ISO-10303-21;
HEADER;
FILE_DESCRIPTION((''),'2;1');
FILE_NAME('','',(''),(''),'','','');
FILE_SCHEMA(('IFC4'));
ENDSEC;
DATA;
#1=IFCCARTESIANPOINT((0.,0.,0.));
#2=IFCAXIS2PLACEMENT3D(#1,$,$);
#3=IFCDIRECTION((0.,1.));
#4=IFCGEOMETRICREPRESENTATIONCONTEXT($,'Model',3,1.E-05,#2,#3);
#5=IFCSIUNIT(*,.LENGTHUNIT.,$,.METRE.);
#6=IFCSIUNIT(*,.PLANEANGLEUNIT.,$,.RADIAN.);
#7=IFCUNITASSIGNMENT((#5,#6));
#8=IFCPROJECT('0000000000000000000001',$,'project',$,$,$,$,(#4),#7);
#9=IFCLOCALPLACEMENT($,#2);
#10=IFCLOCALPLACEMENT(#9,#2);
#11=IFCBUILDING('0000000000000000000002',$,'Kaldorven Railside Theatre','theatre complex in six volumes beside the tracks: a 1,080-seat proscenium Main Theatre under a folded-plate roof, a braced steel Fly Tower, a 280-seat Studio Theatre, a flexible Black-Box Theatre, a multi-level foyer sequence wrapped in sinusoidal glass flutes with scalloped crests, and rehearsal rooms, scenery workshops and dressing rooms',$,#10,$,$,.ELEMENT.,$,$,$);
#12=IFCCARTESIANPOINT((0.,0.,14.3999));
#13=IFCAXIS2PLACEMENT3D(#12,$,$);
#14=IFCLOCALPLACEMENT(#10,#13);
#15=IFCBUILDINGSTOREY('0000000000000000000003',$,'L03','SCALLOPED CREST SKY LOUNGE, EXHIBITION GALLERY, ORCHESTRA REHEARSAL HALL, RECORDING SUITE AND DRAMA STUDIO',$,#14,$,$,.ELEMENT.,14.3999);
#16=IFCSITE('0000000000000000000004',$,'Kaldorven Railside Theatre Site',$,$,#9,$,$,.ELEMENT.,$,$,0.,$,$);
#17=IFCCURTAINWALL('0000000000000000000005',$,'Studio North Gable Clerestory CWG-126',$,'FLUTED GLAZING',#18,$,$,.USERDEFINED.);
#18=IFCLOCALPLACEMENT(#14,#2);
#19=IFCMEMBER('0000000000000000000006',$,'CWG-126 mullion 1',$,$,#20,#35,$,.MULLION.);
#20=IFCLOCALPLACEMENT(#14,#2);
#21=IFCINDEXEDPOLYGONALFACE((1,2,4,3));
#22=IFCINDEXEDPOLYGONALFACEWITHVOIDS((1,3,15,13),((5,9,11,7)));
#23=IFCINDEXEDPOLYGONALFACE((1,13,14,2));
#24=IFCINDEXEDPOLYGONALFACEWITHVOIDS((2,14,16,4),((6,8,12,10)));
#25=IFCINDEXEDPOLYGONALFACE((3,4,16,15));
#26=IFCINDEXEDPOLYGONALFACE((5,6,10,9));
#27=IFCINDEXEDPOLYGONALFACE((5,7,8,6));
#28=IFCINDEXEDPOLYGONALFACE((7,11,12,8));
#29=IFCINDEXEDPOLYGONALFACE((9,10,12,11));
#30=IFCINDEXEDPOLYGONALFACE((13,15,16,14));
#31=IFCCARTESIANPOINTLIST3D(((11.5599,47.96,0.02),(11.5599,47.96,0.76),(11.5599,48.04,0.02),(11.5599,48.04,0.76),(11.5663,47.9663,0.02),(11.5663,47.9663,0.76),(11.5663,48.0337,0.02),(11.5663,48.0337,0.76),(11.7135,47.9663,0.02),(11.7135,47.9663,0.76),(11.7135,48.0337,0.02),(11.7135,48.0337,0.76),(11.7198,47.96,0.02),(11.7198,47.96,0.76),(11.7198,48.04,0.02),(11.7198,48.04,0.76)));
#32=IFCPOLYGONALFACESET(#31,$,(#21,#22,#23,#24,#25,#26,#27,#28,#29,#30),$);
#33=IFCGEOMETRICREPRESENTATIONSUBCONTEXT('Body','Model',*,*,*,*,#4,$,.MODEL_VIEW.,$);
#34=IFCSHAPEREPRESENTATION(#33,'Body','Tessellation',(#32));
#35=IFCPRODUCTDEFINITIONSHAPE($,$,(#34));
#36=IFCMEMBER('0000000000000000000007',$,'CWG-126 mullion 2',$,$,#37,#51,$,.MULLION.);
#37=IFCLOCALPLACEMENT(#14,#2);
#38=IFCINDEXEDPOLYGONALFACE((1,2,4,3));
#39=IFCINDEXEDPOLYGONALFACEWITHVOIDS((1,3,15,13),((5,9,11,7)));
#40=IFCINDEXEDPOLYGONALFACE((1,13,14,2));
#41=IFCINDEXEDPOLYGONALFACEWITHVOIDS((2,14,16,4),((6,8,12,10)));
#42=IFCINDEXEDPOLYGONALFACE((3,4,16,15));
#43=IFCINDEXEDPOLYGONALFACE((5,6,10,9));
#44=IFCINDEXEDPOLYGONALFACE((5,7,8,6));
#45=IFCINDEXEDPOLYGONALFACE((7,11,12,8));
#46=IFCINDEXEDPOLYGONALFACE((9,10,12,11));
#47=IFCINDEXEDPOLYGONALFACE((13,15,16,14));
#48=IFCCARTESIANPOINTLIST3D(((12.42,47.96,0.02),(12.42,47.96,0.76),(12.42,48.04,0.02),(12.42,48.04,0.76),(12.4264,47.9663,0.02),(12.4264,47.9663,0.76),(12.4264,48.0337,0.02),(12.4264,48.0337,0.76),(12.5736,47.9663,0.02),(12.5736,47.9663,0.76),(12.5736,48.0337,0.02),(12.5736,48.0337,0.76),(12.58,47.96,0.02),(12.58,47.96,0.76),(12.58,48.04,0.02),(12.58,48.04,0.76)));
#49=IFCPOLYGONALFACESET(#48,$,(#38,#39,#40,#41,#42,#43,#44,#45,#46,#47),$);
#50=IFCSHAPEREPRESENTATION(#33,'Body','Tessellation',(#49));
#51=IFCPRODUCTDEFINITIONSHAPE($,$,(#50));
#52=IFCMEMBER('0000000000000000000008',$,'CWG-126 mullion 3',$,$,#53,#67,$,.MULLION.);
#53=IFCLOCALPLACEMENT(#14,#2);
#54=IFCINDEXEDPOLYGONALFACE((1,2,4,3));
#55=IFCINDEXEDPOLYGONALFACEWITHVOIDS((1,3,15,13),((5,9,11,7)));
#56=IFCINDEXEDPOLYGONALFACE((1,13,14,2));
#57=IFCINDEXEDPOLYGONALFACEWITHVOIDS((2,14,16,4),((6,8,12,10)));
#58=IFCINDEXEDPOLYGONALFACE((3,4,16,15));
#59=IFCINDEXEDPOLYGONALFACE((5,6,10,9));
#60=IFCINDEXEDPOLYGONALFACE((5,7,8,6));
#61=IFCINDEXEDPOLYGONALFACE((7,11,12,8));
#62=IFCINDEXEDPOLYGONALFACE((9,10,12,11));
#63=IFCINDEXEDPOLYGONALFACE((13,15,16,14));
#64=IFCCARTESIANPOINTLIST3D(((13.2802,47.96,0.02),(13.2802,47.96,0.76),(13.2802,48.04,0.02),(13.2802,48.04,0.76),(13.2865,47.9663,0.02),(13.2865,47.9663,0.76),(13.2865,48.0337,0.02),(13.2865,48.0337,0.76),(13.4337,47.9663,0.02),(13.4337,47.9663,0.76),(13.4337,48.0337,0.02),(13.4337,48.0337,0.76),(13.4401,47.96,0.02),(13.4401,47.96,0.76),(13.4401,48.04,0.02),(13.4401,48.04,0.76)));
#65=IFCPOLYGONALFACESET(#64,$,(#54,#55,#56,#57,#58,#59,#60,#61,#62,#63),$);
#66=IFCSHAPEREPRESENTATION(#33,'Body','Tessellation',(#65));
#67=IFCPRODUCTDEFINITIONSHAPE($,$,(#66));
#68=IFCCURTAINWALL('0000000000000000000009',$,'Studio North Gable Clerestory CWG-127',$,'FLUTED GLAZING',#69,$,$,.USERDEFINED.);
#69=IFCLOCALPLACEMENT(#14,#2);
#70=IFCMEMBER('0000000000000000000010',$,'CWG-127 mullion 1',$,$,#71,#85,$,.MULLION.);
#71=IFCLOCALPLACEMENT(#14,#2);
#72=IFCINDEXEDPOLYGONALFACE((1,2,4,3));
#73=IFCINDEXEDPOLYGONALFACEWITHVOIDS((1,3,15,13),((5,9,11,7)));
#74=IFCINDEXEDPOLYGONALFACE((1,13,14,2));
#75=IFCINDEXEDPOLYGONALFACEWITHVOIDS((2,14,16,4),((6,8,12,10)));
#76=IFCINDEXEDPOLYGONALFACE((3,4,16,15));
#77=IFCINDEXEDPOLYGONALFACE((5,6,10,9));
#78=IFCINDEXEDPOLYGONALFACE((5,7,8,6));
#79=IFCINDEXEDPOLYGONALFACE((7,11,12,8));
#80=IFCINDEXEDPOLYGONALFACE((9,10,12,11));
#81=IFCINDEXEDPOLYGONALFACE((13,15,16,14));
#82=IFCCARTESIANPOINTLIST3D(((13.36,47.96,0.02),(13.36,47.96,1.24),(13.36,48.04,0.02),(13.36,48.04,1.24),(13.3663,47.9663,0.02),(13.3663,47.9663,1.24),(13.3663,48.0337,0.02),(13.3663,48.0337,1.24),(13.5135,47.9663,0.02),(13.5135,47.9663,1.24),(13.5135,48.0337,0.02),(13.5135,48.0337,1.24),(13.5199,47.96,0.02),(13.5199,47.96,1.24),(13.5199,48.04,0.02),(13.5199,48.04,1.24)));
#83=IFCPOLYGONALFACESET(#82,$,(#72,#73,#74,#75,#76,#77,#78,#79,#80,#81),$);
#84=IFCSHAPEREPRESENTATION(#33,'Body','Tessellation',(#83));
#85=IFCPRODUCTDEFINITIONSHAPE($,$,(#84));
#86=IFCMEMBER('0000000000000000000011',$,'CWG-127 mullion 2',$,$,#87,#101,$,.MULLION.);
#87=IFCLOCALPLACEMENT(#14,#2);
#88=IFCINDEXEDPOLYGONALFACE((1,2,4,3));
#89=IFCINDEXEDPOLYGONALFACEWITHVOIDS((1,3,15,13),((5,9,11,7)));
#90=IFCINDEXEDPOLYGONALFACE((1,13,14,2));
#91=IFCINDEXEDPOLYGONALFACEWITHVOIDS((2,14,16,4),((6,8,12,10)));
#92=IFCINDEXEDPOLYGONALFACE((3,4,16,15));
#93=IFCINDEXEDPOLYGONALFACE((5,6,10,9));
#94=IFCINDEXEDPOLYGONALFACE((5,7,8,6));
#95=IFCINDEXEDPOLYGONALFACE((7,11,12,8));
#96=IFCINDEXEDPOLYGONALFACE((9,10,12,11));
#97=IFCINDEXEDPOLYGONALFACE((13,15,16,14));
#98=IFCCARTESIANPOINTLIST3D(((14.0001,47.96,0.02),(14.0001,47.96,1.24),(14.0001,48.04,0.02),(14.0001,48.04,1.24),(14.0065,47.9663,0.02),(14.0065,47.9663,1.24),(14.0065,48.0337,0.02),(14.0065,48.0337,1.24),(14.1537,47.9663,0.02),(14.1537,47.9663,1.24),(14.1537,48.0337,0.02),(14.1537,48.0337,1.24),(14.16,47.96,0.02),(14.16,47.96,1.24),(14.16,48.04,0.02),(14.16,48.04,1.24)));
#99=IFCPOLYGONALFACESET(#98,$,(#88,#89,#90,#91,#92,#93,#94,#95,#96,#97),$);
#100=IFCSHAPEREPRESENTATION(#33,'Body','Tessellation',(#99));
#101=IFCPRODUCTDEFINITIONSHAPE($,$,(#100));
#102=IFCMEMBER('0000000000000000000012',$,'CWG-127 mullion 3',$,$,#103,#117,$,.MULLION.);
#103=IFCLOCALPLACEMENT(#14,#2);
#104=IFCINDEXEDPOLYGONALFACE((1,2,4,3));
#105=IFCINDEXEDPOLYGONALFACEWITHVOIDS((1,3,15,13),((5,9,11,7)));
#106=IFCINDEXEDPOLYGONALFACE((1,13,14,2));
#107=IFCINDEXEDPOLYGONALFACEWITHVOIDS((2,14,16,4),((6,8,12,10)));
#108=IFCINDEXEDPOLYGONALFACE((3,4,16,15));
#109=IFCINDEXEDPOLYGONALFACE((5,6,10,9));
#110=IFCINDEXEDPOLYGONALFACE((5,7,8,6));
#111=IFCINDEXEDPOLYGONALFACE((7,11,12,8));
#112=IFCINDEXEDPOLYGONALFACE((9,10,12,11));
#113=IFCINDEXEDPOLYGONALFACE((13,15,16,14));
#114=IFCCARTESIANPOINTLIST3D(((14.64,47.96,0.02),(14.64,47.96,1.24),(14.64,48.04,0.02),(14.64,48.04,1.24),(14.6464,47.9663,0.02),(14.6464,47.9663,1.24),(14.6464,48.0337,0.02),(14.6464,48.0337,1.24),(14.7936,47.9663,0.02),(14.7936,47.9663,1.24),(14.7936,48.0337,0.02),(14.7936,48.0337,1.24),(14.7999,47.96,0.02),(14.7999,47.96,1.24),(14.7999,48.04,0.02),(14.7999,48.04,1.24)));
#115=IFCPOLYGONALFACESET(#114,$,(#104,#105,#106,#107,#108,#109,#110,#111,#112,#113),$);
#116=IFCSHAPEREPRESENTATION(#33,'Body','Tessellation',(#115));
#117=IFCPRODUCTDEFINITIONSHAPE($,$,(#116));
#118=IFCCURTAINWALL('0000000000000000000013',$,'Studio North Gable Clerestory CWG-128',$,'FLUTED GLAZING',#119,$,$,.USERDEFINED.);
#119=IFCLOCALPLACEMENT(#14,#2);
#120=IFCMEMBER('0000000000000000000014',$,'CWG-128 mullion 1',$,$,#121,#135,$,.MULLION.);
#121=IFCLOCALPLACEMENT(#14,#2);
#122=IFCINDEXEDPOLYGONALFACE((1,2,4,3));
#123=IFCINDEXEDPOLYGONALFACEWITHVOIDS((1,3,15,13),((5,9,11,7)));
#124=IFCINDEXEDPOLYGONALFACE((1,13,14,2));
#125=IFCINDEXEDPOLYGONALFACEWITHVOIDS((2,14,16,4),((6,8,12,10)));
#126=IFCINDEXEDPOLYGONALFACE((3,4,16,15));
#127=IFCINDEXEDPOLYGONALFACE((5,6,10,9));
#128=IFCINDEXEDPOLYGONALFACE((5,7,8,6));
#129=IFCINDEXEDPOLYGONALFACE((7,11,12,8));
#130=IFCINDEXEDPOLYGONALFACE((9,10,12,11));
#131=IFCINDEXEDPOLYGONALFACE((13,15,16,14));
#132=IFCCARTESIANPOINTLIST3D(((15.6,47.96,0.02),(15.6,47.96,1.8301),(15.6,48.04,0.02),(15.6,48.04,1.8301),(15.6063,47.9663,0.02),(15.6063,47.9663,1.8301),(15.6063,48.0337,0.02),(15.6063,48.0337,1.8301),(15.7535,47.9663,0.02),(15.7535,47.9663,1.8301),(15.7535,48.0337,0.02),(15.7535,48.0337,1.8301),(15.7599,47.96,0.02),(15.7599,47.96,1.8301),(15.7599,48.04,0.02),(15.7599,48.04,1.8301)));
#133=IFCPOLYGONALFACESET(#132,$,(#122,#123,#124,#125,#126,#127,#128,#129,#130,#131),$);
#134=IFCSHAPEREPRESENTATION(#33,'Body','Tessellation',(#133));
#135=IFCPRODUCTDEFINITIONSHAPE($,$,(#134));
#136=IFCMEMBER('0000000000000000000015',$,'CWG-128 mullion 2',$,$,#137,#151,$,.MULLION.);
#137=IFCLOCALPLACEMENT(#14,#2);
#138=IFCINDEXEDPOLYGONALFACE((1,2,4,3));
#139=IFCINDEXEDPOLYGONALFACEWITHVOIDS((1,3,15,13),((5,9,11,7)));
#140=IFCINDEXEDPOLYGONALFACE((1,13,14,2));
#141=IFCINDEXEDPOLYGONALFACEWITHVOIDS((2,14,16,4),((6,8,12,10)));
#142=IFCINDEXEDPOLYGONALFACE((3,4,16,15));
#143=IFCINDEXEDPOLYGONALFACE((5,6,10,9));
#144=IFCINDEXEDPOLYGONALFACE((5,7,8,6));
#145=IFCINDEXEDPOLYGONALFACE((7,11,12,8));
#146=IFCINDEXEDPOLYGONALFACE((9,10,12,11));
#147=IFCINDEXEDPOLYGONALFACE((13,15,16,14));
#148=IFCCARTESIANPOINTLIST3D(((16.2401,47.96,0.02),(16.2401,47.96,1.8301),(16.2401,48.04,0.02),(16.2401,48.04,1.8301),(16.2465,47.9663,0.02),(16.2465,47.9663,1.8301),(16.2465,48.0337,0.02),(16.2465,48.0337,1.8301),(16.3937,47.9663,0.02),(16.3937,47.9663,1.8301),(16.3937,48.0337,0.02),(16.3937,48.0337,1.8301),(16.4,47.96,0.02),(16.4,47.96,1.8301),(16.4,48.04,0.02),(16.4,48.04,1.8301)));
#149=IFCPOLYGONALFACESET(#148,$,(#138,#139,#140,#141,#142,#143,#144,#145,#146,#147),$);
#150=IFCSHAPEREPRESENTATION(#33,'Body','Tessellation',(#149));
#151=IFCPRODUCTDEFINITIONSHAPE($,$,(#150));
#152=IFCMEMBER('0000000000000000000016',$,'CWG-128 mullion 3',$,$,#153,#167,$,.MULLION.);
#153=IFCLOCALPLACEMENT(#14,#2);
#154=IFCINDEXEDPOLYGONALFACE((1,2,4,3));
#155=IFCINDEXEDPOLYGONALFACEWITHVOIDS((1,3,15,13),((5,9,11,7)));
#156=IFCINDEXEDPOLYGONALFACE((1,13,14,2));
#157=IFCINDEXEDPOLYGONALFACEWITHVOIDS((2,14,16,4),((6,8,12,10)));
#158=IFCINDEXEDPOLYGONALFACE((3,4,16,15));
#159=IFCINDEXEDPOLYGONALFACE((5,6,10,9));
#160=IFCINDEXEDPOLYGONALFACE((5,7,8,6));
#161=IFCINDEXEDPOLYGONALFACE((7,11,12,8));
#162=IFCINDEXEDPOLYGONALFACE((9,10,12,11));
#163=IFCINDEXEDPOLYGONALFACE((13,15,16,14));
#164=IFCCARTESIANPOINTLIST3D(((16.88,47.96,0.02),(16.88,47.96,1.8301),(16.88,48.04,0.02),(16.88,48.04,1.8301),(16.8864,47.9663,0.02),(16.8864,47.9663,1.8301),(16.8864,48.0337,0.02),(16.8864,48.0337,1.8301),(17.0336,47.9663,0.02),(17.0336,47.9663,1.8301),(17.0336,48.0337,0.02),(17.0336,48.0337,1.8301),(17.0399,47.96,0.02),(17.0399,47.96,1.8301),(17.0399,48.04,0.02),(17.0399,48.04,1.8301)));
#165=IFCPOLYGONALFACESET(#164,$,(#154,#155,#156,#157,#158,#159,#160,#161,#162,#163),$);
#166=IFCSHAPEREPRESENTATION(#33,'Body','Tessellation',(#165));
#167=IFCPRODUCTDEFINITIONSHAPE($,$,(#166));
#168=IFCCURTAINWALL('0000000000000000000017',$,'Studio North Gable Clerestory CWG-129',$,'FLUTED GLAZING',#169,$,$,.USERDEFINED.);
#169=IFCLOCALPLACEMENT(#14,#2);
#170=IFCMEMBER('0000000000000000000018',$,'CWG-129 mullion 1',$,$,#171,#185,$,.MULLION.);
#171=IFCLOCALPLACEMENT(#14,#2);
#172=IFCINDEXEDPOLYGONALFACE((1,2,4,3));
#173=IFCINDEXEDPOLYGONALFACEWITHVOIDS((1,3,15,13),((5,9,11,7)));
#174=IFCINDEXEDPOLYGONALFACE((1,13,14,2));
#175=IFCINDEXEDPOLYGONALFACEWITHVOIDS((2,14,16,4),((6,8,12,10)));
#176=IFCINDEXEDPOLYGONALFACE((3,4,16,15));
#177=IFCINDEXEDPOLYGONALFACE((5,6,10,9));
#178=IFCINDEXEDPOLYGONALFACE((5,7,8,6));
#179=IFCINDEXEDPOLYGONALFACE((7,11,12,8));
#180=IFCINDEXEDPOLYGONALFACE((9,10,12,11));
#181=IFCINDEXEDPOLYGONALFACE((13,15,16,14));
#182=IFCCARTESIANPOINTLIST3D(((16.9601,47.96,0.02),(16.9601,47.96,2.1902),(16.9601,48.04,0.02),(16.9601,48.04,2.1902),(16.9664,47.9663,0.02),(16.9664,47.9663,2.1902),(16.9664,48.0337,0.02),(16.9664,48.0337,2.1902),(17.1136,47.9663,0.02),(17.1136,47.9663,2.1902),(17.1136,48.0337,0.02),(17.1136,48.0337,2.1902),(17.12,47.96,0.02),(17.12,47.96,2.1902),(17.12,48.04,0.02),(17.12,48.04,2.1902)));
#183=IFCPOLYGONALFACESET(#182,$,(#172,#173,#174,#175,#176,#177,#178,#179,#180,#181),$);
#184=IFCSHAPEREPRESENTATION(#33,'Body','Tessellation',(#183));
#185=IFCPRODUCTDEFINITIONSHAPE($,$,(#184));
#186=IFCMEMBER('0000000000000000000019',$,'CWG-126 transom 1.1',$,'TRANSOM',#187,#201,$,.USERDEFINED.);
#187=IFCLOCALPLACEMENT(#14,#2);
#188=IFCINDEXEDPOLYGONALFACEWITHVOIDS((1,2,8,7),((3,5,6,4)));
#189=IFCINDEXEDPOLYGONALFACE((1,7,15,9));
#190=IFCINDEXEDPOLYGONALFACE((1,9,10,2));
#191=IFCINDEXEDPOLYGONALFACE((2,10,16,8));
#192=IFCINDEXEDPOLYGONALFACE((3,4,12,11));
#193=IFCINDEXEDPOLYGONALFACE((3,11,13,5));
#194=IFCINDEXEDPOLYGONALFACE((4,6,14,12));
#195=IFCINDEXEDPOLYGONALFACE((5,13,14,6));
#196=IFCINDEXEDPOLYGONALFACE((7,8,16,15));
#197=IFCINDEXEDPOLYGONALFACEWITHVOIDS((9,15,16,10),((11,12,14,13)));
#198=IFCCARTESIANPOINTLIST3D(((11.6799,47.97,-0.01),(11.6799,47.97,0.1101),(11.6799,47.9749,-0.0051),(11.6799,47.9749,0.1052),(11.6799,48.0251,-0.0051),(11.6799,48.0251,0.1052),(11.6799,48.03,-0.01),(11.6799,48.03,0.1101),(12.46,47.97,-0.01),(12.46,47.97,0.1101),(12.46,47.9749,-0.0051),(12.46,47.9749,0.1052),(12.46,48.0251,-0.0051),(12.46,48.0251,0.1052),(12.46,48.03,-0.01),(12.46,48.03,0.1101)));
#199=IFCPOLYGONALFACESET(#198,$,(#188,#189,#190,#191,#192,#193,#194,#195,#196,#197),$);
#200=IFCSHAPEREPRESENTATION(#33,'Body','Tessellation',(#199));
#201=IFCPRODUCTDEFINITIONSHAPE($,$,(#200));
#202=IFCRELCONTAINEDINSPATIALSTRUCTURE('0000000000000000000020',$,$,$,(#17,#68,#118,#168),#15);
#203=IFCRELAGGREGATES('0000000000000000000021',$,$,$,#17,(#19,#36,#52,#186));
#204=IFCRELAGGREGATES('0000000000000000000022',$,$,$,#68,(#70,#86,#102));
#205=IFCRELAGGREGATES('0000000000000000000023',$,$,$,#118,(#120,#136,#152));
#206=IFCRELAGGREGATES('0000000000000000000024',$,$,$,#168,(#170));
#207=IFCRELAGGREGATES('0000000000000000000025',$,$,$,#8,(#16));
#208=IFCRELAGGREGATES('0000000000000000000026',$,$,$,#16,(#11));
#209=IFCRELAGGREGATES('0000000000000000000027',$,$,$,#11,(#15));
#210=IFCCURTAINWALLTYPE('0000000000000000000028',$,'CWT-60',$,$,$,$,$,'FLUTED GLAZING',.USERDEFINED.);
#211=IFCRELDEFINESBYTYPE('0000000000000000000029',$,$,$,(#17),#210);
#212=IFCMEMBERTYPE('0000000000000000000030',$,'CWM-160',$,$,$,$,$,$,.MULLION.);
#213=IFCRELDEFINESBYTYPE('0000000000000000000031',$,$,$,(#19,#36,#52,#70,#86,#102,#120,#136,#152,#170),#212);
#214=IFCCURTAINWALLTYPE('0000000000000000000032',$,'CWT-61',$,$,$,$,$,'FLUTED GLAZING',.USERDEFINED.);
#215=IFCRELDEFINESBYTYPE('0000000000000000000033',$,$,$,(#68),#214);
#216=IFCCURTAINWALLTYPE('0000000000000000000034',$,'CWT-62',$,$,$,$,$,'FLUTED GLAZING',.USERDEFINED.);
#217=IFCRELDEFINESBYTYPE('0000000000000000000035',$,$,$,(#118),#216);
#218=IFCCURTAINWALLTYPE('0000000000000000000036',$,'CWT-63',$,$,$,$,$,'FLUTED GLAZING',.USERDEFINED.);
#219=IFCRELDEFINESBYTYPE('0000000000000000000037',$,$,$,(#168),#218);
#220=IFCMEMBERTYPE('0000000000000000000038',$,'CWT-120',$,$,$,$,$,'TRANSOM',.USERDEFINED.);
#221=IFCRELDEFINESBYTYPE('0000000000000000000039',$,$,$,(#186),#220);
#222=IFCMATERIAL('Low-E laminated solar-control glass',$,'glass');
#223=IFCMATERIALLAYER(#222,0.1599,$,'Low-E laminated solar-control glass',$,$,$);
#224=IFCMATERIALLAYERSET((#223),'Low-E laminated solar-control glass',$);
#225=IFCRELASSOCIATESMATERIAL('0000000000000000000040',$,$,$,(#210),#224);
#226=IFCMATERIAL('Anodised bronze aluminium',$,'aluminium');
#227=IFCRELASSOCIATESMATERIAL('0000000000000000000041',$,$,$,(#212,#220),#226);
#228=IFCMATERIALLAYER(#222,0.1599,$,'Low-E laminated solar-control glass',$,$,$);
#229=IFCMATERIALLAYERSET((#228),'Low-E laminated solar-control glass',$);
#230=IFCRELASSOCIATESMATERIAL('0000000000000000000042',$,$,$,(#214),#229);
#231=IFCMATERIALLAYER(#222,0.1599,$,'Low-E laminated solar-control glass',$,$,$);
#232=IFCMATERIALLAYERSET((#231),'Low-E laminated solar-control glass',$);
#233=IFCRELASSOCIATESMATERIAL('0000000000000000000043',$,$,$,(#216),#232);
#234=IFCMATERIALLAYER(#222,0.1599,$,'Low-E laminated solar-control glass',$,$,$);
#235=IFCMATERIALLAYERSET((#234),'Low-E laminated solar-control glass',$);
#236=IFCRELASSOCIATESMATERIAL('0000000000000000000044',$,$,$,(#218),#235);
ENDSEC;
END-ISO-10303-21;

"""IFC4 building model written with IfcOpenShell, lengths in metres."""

from ifc_helpers import new_model, si_unit, direction, frame, origin, origin_2d, place, context, subcontext, project, spatial, hollow_rectangle, extrude, material, layer, layer_set, material_profile, profile_set, type_object, element, aggregate, save


model = new_model("IFC4")

# Units and contexts
model_context = context("Model", 3, precision=1e-05, world=origin(), true_north=direction((0.0, 1.0)))
body_context = subcontext(model_context, "Body", "Model", "MODEL_VIEW")
ifc_project = project(units=[si_unit("LENGTHUNIT", "METRE"), si_unit("PLANEANGLEUNIT", "RADIAN")], contexts=[model_context])

# Site, building, storey
site_placement = place(None, origin())
site = spatial("IfcSite", under=ifc_project, at=site_placement, Name="Kaldorven Railside Theatre Site", CompositionType="ELEMENT", RefElevation=0.0)
building_placement = place(site_placement, origin())
building = spatial("IfcBuilding", under=site, at=building_placement, Name="Kaldorven Railside Theatre", Description="theatre complex in six volumes beside the tracks: a 1,080-seat proscenium Main Theatre under a folded-plate roof, a braced steel Fly Tower, a 280-seat Studio Theatre, a flexible Black-Box Theatre, a multi-level foyer sequence wrapped in sinusoidal glass flutes with scalloped crests, and rehearsal rooms, scenery workshops and dressing rooms", CompositionType="ELEMENT")
storey_placement = place(building_placement, frame((0.0, 0.0, 14.3999)))
storey = spatial("IfcBuildingStorey", under=building, at=storey_placement, Name="L03", Description="SCALLOPED CREST SKY LOUNGE, EXHIBITION GALLERY, ORCHESTRA REHEARSAL HALL, RECORDING SUITE AND DRAMA STUDIO", CompositionType="ELEMENT", Elevation=14.3999)

# Curtain walls, members
ifc_material_1 = material(Name="Low-E laminated solar-control glass", Category="glass")
ifc_layer_1 = layer(ifc_material_1, 0.1599, Name="Low-E laminated solar-control glass")
ifc_layer_set_1 = layer_set([ifc_layer_1], Name="Low-E laminated solar-control glass")
curtain_wall_type_1 = type_object("IfcCurtainWallType", Name="CWT-60", ElementType="FLUTED GLAZING", PredefinedType="USERDEFINED", material=ifc_layer_set_1)
curtain_wall_1_placement = place(storey_placement, origin())
curtain_wall_1 = element("IfcCurtainWall", 1, at=curtain_wall_1_placement, inside=storey, type_object=curtain_wall_type_1, Name="Studio North Gable Clerestory CWG-126", ObjectType="FLUTED GLAZING", PredefinedType="USERDEFINED")
ifc_material_2 = material(Name="Anodised bronze aluminium", Category="aluminium")
ifc_material_profile_1 = material_profile(ifc_material_2, hollow_rectangle(XDim=0.0801, YDim=0.1599, WallThickness=0.0063, at=origin_2d()), Name="RHS 160x80x6.3")
ifc_profile_set_1 = profile_set([ifc_material_profile_1], Name="Anodised bronze aluminium")
member_type_1 = type_object("IfcMemberType", Name="CWM-160", PredefinedType="MULLION", material=ifc_profile_set_1)
member_1_placement = place(storey_placement, frame((11.6399, 48.0, 0.02), z_axis=(0.0, 0.0, 1.0), x_axis=(0.0, 1.0, 0.0)))
member_1 = element("IfcMember", 2, at=member_1_placement, type_object=member_type_1, Name="CWG-126 mullion 1", PredefinedType="MULLION", context=body_context, shape_type="SweptSolid", body=[
    extrude(hollow_rectangle(XDim=0.0801, YDim=0.1599, WallThickness=0.0063, at=origin_2d()), origin(), (0.0, 0.0, 1.0), 0.74),
])
member_2_placement = place(storey_placement, frame((12.5, 48.0, 0.02), z_axis=(0.0, 0.0, 1.0), x_axis=(0.0, 1.0, 0.0)))
member_2 = element("IfcMember", 3, at=member_2_placement, type_object=member_type_1, Name="CWG-126 mullion 2", PredefinedType="MULLION", context=body_context, shape_type="SweptSolid", body=[
    extrude(hollow_rectangle(XDim=0.0801, YDim=0.1599, WallThickness=0.0063, at=origin_2d()), origin(), (0.0, 0.0, 1.0), 0.74),
])
member_3_placement = place(storey_placement, frame((13.3601, 48.0, 0.02), z_axis=(0.0, 0.0, 1.0), x_axis=(0.0, 1.0, 0.0)))
member_3 = element("IfcMember", 4, at=member_3_placement, type_object=member_type_1, Name="CWG-126 mullion 3", PredefinedType="MULLION", context=body_context, shape_type="SweptSolid", body=[
    extrude(hollow_rectangle(XDim=0.0801, YDim=0.1599, WallThickness=0.0063, at=origin_2d()), origin(), (0.0, 0.0, 1.0), 0.74),
])
ifc_layer_2 = layer(ifc_material_1, 0.1599, Name="Low-E laminated solar-control glass")
ifc_layer_set_2 = layer_set([ifc_layer_2], Name="Low-E laminated solar-control glass")
curtain_wall_type_2 = type_object("IfcCurtainWallType", Name="CWT-61", ElementType="FLUTED GLAZING", PredefinedType="USERDEFINED", material=ifc_layer_set_2)
curtain_wall_2_placement = place(storey_placement, origin())
curtain_wall_2 = element("IfcCurtainWall", 5, at=curtain_wall_2_placement, inside=storey, type_object=curtain_wall_type_2, Name="Studio North Gable Clerestory CWG-127", ObjectType="FLUTED GLAZING", PredefinedType="USERDEFINED")
member_4_placement = place(storey_placement, frame((13.4399, 48.0, 0.02), z_axis=(0.0, 0.0, 1.0), x_axis=(0.0, 1.0, 0.0)))
member_4 = element("IfcMember", 6, at=member_4_placement, type_object=member_type_1, Name="CWG-127 mullion 1", PredefinedType="MULLION", context=body_context, shape_type="SweptSolid", body=[
    extrude(hollow_rectangle(XDim=0.0801, YDim=0.1599, WallThickness=0.0063, at=origin_2d()), origin(), (0.0, 0.0, 1.0), 1.22),
])
member_5_placement = place(storey_placement, frame((14.0801, 48.0, 0.02), z_axis=(0.0, 0.0, 1.0), x_axis=(0.0, 1.0, 0.0)))
member_5 = element("IfcMember", 7, at=member_5_placement, type_object=member_type_1, Name="CWG-127 mullion 2", PredefinedType="MULLION", context=body_context, shape_type="SweptSolid", body=[
    extrude(hollow_rectangle(XDim=0.0801, YDim=0.1599, WallThickness=0.0063, at=origin_2d()), origin(), (0.0, 0.0, 1.0), 1.22),
])
member_6_placement = place(storey_placement, frame((14.72, 48.0, 0.02), z_axis=(0.0, 0.0, 1.0), x_axis=(0.0, 1.0, 0.0)))
member_6 = element("IfcMember", 8, at=member_6_placement, type_object=member_type_1, Name="CWG-127 mullion 3", PredefinedType="MULLION", context=body_context, shape_type="SweptSolid", body=[
    extrude(hollow_rectangle(XDim=0.0801, YDim=0.1599, WallThickness=0.0063, at=origin_2d()), origin(), (0.0, 0.0, 1.0), 1.22),
])
ifc_layer_3 = layer(ifc_material_1, 0.1599, Name="Low-E laminated solar-control glass")
ifc_layer_set_3 = layer_set([ifc_layer_3], Name="Low-E laminated solar-control glass")
curtain_wall_type_3 = type_object("IfcCurtainWallType", Name="CWT-62", ElementType="FLUTED GLAZING", PredefinedType="USERDEFINED", material=ifc_layer_set_3)
curtain_wall_3_placement = place(storey_placement, origin())
curtain_wall_3 = element("IfcCurtainWall", 9, at=curtain_wall_3_placement, inside=storey, type_object=curtain_wall_type_3, Name="Studio North Gable Clerestory CWG-128", ObjectType="FLUTED GLAZING", PredefinedType="USERDEFINED")
member_7_placement = place(storey_placement, frame((15.6799, 48.0, 0.02), z_axis=(0.0, 0.0, 1.0), x_axis=(0.0, 1.0, 0.0)))
member_7 = element("IfcMember", 10, at=member_7_placement, type_object=member_type_1, Name="CWG-128 mullion 1", PredefinedType="MULLION", context=body_context, shape_type="SweptSolid", body=[
    extrude(hollow_rectangle(XDim=0.0801, YDim=0.1599, WallThickness=0.0063, at=origin_2d()), origin(), (0.0, 0.0, 1.0), 1.8101),
])
member_8_placement = place(storey_placement, frame((16.3201, 48.0, 0.02), z_axis=(0.0, 0.0, 1.0), x_axis=(0.0, 1.0, 0.0)))
member_8 = element("IfcMember", 11, at=member_8_placement, type_object=member_type_1, Name="CWG-128 mullion 2", PredefinedType="MULLION", context=body_context, shape_type="SweptSolid", body=[
    extrude(hollow_rectangle(XDim=0.0801, YDim=0.1599, WallThickness=0.0063, at=origin_2d()), origin(), (0.0, 0.0, 1.0), 1.8101),
])
member_9_placement = place(storey_placement, frame((16.96, 48.0, 0.02), z_axis=(0.0, 0.0, 1.0), x_axis=(0.0, 1.0, 0.0)))
member_9 = element("IfcMember", 12, at=member_9_placement, type_object=member_type_1, Name="CWG-128 mullion 3", PredefinedType="MULLION", context=body_context, shape_type="SweptSolid", body=[
    extrude(hollow_rectangle(XDim=0.0801, YDim=0.1599, WallThickness=0.0063, at=origin_2d()), origin(), (0.0, 0.0, 1.0), 1.8101),
])

# Curtain wall, member
ifc_layer_4 = layer(ifc_material_1, 0.1599, Name="Low-E laminated solar-control glass")
ifc_layer_set_4 = layer_set([ifc_layer_4], Name="Low-E laminated solar-control glass")
curtain_wall_type_4 = type_object("IfcCurtainWallType", Name="CWT-63", ElementType="FLUTED GLAZING", PredefinedType="USERDEFINED", material=ifc_layer_set_4)
curtain_wall_4_placement = place(storey_placement, origin())
curtain_wall_4 = element("IfcCurtainWall", 13, at=curtain_wall_4_placement, inside=storey, type_object=curtain_wall_type_4, Name="Studio North Gable Clerestory CWG-129", ObjectType="FLUTED GLAZING", PredefinedType="USERDEFINED")
member_10_placement = place(storey_placement, frame((17.04, 48.0, 0.02), z_axis=(0.0, 0.0, 1.0), x_axis=(0.0, 1.0, 0.0)))
member_10 = element("IfcMember", 14, at=member_10_placement, type_object=member_type_1, Name="CWG-129 mullion 1", PredefinedType="MULLION", context=body_context, shape_type="SweptSolid", body=[
    extrude(hollow_rectangle(XDim=0.0801, YDim=0.1599, WallThickness=0.0063, at=origin_2d()), origin(), (0.0, 0.0, 1.0), 2.1702),
])

# Member
ifc_material_profile_2 = material_profile(ifc_material_2, hollow_rectangle(XDim=0.0601, YDim=0.1201, WallThickness=0.0049, at=origin_2d()), Name="RHS 120x60x5")
ifc_profile_set_2 = profile_set([ifc_material_profile_2], Name="Anodised bronze aluminium")
member_type_2 = type_object("IfcMemberType", Name="CWT-120", ElementType="TRANSOM", PredefinedType="USERDEFINED", material=ifc_profile_set_2)
member_11_placement = place(storey_placement, frame((11.6799, 48.0, 0.05), z_axis=(1.0, 0.0, 0.0), x_axis=(0.0, 1.0, 0.0)))
member_11 = element("IfcMember", 15, at=member_11_placement, type_object=member_type_2, Name="CWG-126 transom 1.1", ObjectType="TRANSOM", PredefinedType="USERDEFINED", context=body_context, shape_type="SweptSolid", body=[
    extrude(hollow_rectangle(XDim=0.0601, YDim=0.1201, WallThickness=0.0049, at=origin_2d()), origin(), (0.0, 0.0, 1.0), 0.78),
])

aggregate(curtain_wall_1, [member_1, member_2, member_3, member_11])
aggregate(curtain_wall_2, [member_4, member_5, member_6])
aggregate(curtain_wall_3, [member_7, member_8, member_9])
aggregate(curtain_wall_4, [member_10])

save(model, "model.ifc")
